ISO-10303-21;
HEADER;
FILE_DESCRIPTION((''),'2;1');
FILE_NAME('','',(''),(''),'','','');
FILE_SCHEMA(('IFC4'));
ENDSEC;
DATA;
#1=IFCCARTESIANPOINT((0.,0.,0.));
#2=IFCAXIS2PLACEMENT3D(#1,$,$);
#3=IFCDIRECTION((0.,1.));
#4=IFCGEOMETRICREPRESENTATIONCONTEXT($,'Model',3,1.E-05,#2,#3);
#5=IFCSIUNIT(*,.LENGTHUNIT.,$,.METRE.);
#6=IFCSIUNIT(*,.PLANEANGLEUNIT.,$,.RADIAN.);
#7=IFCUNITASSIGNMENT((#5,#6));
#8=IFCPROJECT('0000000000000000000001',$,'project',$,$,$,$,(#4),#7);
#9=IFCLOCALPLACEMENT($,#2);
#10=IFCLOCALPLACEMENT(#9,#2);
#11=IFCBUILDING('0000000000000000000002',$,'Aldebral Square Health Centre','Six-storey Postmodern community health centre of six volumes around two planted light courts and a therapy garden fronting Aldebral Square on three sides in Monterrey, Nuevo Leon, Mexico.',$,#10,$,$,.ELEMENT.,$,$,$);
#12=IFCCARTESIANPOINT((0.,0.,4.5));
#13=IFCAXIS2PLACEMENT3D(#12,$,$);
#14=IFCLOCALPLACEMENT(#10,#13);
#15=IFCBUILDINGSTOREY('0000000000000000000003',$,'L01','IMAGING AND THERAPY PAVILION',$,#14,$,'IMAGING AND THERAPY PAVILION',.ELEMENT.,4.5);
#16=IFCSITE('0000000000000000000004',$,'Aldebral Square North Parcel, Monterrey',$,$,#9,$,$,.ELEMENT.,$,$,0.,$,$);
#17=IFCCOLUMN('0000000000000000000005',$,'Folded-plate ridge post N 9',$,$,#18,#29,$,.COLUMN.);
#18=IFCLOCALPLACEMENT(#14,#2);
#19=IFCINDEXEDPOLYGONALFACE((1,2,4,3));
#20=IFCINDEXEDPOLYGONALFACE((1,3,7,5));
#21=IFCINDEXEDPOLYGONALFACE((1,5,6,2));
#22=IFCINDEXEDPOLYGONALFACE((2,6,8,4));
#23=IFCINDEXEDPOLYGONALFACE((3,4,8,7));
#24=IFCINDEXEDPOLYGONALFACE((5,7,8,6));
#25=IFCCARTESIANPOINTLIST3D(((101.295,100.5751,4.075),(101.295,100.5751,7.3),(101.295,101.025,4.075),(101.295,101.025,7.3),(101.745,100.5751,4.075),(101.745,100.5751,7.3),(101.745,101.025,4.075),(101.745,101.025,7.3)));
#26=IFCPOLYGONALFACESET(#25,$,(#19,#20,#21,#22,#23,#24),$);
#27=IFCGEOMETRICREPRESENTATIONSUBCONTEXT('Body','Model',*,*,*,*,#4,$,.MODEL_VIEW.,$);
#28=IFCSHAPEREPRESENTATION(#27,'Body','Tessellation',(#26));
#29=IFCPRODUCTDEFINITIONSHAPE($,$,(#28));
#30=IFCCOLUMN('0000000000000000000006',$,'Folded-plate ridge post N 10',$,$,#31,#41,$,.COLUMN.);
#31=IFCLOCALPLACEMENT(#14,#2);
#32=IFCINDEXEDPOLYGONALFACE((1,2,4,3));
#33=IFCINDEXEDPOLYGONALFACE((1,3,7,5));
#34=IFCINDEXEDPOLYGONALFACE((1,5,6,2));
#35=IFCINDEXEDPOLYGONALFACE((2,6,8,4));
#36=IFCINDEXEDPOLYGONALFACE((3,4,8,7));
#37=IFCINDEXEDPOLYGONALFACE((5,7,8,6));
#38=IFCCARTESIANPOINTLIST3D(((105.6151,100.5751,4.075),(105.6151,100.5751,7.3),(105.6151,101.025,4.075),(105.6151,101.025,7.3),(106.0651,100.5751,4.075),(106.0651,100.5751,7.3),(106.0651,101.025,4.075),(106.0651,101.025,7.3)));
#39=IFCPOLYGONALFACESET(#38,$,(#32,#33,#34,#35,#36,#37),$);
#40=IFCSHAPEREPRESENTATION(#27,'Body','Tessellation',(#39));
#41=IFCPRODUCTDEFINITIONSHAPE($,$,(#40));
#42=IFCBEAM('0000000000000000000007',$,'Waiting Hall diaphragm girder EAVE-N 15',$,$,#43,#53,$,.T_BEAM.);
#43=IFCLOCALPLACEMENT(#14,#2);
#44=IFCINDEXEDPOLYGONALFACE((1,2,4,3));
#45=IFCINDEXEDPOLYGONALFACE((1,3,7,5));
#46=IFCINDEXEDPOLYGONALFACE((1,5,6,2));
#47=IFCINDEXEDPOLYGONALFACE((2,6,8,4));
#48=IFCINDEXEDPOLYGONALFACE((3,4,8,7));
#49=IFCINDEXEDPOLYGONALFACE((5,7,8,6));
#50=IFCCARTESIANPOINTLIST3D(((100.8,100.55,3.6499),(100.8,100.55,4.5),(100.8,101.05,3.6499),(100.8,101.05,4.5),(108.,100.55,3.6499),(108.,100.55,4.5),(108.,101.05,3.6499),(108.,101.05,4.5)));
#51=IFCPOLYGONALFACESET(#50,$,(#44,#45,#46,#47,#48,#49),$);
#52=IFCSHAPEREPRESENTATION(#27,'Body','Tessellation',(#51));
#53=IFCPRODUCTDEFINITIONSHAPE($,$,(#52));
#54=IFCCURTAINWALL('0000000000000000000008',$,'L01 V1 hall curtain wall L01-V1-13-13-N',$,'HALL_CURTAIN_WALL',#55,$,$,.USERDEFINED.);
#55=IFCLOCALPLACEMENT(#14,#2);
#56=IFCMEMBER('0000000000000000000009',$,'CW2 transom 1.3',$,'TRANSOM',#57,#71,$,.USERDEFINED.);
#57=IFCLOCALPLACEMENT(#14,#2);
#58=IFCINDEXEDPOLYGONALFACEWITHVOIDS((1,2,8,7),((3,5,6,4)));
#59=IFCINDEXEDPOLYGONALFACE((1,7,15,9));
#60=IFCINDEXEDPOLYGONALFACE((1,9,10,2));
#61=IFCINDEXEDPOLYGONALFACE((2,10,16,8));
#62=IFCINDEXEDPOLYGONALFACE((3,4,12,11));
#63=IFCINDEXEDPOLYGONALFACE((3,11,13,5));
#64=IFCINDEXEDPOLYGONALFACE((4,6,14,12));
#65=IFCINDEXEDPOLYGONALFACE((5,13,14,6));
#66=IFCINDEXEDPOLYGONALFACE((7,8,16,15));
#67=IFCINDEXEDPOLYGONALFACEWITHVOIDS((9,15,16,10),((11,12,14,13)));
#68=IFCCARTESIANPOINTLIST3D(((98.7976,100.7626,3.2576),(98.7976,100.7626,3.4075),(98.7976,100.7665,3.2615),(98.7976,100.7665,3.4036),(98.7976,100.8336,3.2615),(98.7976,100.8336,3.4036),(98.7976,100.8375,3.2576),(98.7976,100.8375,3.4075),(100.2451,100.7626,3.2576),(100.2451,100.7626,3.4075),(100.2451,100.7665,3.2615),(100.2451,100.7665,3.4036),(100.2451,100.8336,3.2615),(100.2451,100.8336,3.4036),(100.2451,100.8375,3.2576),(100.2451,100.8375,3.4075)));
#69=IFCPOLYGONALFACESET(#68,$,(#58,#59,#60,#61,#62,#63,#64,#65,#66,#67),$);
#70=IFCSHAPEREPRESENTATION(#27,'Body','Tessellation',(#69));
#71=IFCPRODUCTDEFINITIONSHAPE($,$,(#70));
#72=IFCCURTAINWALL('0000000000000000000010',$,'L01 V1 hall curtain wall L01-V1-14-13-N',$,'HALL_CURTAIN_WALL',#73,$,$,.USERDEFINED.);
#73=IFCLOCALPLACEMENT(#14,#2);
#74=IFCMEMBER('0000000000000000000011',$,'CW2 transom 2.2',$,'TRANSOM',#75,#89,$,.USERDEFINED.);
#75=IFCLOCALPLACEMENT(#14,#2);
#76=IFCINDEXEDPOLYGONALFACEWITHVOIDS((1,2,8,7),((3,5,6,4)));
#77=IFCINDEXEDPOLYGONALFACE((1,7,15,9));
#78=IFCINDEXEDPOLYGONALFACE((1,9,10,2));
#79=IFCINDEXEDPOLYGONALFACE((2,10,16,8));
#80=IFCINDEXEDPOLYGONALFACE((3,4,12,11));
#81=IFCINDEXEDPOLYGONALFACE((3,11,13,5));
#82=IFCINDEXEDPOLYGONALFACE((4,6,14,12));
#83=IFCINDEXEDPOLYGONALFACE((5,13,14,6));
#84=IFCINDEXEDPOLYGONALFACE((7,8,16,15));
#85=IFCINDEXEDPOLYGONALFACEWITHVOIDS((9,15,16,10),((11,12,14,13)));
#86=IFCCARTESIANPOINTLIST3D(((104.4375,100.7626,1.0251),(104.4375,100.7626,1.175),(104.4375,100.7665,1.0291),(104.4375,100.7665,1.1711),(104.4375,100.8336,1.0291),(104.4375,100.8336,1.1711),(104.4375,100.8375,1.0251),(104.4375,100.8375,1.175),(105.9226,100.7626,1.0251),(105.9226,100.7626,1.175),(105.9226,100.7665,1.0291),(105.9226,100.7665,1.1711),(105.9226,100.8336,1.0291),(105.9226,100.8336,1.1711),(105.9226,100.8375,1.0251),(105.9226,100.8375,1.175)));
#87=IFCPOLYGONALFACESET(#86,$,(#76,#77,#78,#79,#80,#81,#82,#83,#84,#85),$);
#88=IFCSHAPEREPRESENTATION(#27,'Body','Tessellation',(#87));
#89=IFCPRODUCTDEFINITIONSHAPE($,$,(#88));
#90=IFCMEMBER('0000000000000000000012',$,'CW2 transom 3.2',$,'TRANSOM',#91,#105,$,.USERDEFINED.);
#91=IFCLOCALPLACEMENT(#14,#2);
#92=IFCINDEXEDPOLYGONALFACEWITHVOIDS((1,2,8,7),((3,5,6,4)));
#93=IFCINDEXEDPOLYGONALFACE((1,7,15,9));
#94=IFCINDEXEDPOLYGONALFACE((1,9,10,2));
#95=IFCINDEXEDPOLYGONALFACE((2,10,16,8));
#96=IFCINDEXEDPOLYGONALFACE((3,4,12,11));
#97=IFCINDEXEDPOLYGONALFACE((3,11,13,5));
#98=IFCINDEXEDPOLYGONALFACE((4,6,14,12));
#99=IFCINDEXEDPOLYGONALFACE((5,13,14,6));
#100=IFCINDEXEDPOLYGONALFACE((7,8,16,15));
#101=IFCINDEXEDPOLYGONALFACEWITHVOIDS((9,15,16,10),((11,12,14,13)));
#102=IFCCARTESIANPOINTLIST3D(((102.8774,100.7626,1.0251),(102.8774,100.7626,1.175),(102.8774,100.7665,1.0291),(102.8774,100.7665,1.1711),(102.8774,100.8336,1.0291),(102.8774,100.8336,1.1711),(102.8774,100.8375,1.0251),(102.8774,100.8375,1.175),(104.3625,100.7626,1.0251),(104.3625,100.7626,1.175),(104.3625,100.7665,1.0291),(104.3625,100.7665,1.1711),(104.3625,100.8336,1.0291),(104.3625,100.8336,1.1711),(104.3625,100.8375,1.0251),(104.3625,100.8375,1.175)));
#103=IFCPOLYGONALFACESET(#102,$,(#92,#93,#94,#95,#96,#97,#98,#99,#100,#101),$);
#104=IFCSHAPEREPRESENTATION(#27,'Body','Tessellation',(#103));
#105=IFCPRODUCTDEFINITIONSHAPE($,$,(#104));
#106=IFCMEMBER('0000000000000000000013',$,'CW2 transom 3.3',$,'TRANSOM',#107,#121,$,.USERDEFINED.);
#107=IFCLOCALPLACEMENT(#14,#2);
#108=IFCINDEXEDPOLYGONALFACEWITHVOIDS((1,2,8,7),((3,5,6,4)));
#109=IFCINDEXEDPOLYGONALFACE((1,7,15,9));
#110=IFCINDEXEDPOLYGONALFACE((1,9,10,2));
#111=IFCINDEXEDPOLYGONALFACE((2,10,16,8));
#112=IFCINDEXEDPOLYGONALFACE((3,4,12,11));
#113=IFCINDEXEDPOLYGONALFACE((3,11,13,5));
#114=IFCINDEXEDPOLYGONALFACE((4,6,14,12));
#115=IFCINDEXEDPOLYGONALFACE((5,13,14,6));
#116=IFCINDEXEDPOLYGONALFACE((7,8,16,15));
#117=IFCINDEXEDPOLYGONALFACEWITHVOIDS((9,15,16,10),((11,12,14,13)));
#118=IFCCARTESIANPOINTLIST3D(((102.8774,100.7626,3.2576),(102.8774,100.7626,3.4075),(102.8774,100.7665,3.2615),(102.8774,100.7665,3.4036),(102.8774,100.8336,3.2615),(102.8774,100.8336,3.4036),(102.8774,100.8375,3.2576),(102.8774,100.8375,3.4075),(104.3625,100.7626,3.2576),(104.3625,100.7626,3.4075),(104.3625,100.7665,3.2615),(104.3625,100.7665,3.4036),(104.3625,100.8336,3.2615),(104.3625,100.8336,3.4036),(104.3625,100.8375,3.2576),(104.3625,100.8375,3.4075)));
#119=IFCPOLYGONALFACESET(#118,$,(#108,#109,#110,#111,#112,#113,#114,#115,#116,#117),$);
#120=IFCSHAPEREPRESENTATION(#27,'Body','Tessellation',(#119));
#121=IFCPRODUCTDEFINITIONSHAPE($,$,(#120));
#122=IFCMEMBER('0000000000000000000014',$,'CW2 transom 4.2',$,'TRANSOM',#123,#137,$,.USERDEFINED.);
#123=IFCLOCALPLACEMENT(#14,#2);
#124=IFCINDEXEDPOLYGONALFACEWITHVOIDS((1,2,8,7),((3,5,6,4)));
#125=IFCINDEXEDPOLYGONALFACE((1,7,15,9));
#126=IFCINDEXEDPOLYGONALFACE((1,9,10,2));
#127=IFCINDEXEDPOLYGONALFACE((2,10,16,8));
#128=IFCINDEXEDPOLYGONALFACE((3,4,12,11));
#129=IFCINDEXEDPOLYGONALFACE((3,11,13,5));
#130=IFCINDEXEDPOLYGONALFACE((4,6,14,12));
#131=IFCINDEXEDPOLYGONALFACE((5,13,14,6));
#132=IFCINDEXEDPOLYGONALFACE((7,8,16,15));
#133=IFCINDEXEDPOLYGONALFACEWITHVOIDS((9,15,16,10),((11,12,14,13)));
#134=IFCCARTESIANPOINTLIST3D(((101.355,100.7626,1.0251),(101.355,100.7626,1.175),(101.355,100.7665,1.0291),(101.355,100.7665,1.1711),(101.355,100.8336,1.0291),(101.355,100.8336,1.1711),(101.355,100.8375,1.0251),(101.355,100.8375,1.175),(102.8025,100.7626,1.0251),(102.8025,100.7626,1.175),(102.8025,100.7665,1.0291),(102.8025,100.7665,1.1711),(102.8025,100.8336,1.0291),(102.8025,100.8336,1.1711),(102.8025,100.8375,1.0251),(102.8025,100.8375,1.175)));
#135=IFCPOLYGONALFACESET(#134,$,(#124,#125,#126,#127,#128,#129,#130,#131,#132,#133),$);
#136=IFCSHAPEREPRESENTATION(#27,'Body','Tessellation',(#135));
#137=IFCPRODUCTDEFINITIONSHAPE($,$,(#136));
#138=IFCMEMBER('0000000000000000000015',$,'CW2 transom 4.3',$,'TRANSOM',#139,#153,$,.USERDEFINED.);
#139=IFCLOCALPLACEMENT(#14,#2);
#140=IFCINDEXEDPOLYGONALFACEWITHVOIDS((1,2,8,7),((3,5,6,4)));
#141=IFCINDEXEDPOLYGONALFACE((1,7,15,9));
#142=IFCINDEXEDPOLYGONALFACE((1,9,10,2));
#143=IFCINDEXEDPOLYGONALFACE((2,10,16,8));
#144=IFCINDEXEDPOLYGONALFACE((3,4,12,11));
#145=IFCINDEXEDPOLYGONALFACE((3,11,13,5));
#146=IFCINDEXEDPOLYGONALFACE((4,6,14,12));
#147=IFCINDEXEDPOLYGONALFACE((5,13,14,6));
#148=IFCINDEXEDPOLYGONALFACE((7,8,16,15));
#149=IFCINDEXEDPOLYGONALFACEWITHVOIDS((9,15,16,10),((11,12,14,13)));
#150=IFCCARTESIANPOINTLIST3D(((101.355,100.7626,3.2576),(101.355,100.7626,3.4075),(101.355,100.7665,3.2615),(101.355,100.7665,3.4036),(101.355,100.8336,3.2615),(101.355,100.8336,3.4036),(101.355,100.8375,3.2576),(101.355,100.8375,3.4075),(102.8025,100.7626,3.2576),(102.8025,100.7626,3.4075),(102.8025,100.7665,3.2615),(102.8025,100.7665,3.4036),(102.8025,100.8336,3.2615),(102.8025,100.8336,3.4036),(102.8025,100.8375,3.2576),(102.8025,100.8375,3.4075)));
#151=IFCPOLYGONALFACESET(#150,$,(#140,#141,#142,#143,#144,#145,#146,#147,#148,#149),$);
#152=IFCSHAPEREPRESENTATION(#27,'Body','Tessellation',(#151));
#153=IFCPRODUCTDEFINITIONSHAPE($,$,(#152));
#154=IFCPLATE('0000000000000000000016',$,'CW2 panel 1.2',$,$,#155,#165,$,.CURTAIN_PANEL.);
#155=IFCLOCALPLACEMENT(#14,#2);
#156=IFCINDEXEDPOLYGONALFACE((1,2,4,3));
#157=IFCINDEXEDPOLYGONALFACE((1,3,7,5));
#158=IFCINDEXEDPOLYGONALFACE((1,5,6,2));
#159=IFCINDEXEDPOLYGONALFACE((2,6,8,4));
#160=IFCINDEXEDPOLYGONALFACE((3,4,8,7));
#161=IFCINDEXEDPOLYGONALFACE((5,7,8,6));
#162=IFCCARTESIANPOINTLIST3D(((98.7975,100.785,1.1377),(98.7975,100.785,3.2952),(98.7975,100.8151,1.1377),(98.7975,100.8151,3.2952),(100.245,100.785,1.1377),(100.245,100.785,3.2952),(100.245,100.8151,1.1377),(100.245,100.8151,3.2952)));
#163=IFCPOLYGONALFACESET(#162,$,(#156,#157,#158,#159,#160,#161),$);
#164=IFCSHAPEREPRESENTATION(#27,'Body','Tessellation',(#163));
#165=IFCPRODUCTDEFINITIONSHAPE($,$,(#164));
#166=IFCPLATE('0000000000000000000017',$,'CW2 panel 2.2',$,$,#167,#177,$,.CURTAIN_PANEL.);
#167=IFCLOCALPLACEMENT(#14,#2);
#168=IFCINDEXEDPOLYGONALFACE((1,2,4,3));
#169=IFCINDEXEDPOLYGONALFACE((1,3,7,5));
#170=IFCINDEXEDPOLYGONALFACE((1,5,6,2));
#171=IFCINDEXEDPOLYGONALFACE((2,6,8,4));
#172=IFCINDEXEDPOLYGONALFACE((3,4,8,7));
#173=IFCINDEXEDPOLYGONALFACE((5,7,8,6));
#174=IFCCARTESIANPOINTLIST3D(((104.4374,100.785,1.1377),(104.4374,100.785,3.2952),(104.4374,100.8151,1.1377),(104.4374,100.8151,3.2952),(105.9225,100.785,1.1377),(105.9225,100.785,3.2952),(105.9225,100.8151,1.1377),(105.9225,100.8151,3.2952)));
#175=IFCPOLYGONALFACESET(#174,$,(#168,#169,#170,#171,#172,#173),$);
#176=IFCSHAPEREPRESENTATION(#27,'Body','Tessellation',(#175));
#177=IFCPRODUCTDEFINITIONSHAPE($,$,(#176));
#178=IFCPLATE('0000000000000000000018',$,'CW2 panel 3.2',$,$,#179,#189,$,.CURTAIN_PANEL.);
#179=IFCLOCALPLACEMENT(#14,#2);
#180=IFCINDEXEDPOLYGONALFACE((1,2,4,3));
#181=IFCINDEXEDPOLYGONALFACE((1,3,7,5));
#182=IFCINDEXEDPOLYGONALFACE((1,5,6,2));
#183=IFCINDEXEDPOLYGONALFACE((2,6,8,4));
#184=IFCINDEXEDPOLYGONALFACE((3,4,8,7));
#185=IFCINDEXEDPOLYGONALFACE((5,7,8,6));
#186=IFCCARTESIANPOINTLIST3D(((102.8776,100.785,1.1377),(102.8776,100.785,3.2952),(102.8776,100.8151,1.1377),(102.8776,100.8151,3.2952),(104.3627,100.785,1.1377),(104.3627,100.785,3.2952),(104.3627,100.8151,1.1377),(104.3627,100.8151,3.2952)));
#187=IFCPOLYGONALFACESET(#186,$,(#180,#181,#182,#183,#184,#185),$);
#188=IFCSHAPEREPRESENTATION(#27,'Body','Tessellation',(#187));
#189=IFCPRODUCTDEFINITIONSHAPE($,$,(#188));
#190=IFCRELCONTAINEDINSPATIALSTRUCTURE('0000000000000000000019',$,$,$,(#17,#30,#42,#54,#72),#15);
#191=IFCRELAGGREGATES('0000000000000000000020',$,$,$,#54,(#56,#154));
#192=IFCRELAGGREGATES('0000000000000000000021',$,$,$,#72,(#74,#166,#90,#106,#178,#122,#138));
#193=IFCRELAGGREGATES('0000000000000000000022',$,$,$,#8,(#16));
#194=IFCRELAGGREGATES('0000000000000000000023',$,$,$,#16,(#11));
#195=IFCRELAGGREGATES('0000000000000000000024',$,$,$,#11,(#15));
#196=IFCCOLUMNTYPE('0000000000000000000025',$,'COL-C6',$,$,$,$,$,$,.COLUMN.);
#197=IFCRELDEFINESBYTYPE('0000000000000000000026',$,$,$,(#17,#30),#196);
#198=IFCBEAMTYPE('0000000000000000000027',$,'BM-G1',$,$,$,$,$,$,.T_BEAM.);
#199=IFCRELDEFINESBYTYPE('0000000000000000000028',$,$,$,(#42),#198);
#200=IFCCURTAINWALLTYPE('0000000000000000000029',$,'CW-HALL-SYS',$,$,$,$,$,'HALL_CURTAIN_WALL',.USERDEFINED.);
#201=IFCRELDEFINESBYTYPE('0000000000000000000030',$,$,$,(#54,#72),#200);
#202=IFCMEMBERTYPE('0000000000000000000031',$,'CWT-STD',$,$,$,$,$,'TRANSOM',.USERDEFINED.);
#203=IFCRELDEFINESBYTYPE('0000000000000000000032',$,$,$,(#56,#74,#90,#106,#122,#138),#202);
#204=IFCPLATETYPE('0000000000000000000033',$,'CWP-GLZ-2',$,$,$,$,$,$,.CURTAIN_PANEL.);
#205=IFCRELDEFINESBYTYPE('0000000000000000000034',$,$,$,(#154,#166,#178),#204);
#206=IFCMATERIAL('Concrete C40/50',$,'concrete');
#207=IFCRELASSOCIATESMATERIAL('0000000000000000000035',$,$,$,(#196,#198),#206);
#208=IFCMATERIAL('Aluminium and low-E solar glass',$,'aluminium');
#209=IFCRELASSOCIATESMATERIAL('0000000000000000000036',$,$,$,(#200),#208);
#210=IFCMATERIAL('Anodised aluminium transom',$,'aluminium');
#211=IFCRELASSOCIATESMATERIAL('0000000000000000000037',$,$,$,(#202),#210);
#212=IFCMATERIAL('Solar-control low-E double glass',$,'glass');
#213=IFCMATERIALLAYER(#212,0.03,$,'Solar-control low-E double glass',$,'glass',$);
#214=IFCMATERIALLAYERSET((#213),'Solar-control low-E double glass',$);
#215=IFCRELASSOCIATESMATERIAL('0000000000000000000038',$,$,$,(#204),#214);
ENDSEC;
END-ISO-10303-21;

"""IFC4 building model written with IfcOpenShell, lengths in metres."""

from ifc_helpers import new_model, si_unit, direction, frame, origin, origin_2d, place, context, subcontext, project, spatial, rectangle, hollow_rectangle, extrude, material, layer, layer_set, material_profile, profile_set, type_object, element, aggregate, save


model = new_model("IFC4")

# Units and contexts
model_context = context("Model", 3, precision=1e-05, world=origin(), true_north=direction((0.0, 1.0)))
body_context = subcontext(model_context, "Body", "Model", "MODEL_VIEW")
ifc_project = project(units=[si_unit("LENGTHUNIT", "METRE"), si_unit("PLANEANGLEUNIT", "RADIAN")], contexts=[model_context])

# Site, building, storey
site_placement = place(None, origin())
site = spatial("IfcSite", under=ifc_project, at=site_placement, Name="Aldebral Square North Parcel, Monterrey", CompositionType="ELEMENT", RefElevation=0.0)
building_placement = place(site_placement, origin())
building = spatial("IfcBuilding", under=site, at=building_placement, Name="Aldebral Square Health Centre", Description="Six-storey Postmodern community health centre of six volumes around two planted light courts and a therapy garden fronting Aldebral Square on three sides in Monterrey, Nuevo Leon, Mexico.", CompositionType="ELEMENT")
storey_placement = place(building_placement, frame((0.0, 0.0, 4.5)))
storey = spatial("IfcBuildingStorey", under=building, at=storey_placement, Name="L01", Description="IMAGING AND THERAPY PAVILION", LongName="IMAGING AND THERAPY PAVILION", CompositionType="ELEMENT", Elevation=4.5)

# Columns
ifc_material_1 = material(Name="Concrete C40/50", Category="concrete")
ifc_material_profile_1 = material_profile(ifc_material_1, rectangle(XDim=0.45, YDim=0.45, at=origin_2d()), Name="RC 450x450")
ifc_profile_set_1 = profile_set([ifc_material_profile_1], Name="Concrete C40/50")
column_type = type_object("IfcColumnType", Name="COL-C6", PredefinedType="COLUMN", material=ifc_profile_set_1)
for number, where, z_axis, x_axis, name in (
    (1, (101.52, 100.8, 4.075), (0.0, 0.0, 1.0), (1.0, 0.0, 0.0), "Folded-plate ridge post N 9"),
    (2, (105.8401, 100.8, 4.075), (0.0, 0.0, 1.0), (1.0, 0.0, 0.0), "Folded-plate ridge post N 10"),
):
    element("IfcColumn", number, at=place(storey_placement, frame(where, z_axis=z_axis, x_axis=x_axis)), inside=storey, type_object=column_type, Name=name, PredefinedType="COLUMN", context=body_context, shape_type="SweptSolid", body=[
        extrude(rectangle(XDim=0.45, YDim=0.45, at=origin_2d()), origin(), (0.0, 0.0, 1.0), 3.2251),
    ])

# Beam
ifc_material_profile_2 = material_profile(ifc_material_1, rectangle(XDim=0.5, YDim=0.8501, at=origin_2d()), Name="RC 500x850")
ifc_profile_set_2 = profile_set([ifc_material_profile_2], Name="Concrete C40/50")
beam_type = type_object("IfcBeamType", Name="BM-G1", PredefinedType="T_BEAM", material=ifc_profile_set_2)
beam_placement = place(storey_placement, frame((100.8, 100.8, 4.075), z_axis=(1.0, 0.0, 0.0), x_axis=(0.0, 1.0, 0.0)))
element("IfcBeam", 3, at=beam_placement, inside=storey, type_object=beam_type, Name="Waiting Hall diaphragm girder EAVE-N 15", PredefinedType="T_BEAM", context=body_context, shape_type="SweptSolid", body=[
    extrude(rectangle(XDim=0.5, YDim=0.8501, at=origin_2d()), origin(), (0.0, 0.0, 1.0), 7.2),
])

# Curtain wall, member
ifc_material_2 = material(Name="Aluminium and low-E solar glass", Category="aluminium")
curtain_wall_type = type_object("IfcCurtainWallType", Name="CW-HALL-SYS", ElementType="HALL_CURTAIN_WALL", PredefinedType="USERDEFINED", material=ifc_material_2)
curtain_wall_1_placement = place(storey_placement, origin())
curtain_wall_1 = element("IfcCurtainWall", 4, at=curtain_wall_1_placement, inside=storey, type_object=curtain_wall_type, Name="L01 V1 hall curtain wall L01-V1-13-13-N", ObjectType="HALL_CURTAIN_WALL", PredefinedType="USERDEFINED")
ifc_material_3 = material(Name="Anodised aluminium transom", Category="aluminium")
ifc_material_profile_3 = material_profile(ifc_material_3, hollow_rectangle(XDim=0.075, YDim=0.1499, WallThickness=0.0039, at=origin_2d()), Name="CWT 75x150x4")
ifc_profile_set_3 = profile_set([ifc_material_profile_3], Name="Anodised aluminium transom")
member_type = type_object("IfcMemberType", Name="CWT-STD", ElementType="TRANSOM", PredefinedType="USERDEFINED", material=ifc_profile_set_3)
member_1_placement = place(storey_placement, frame((100.2451, 100.8, 3.3325), z_axis=(-1.0, 0.0, 0.0), x_axis=(0.0, -1.0, 0.0)))
member_1 = element("IfcMember", 5, at=member_1_placement, type_object=member_type, Name="CW2 transom 1.3", ObjectType="TRANSOM", PredefinedType="USERDEFINED", context=body_context, shape_type="SweptSolid", body=[
    extrude(hollow_rectangle(XDim=0.075, YDim=0.1499, WallThickness=0.0039, at=origin_2d()), origin(), (0.0, 0.0, 1.0), 1.4475),
])

# Curtain wall, members
curtain_wall_2_placement = place(storey_placement, origin())
curtain_wall_2 = element("IfcCurtainWall", 6, at=curtain_wall_2_placement, inside=storey, type_object=curtain_wall_type, Name="L01 V1 hall curtain wall L01-V1-14-13-N", ObjectType="HALL_CURTAIN_WALL", PredefinedType="USERDEFINED")
member_2_placement = place(storey_placement, frame((105.9226, 100.8, 1.1001), z_axis=(-1.0, 0.0, 0.0), x_axis=(0.0, -1.0, 0.0)))
member_2 = element("IfcMember", 7, at=member_2_placement, type_object=member_type, Name="CW2 transom 2.2", ObjectType="TRANSOM", PredefinedType="USERDEFINED", context=body_context, shape_type="SweptSolid", body=[
    extrude(hollow_rectangle(XDim=0.075, YDim=0.1499, WallThickness=0.0039, at=origin_2d()), origin(), (0.0, 0.0, 1.0), 1.4851),
])
member_3_placement = place(storey_placement, frame((104.3625, 100.8, 1.1001), z_axis=(-1.0, 0.0, 0.0), x_axis=(0.0, -1.0, 0.0)))
member_3 = element("IfcMember", 8, at=member_3_placement, type_object=member_type, Name="CW2 transom 3.2", ObjectType="TRANSOM", PredefinedType="USERDEFINED", context=body_context, shape_type="SweptSolid", body=[
    extrude(hollow_rectangle(XDim=0.075, YDim=0.1499, WallThickness=0.0039, at=origin_2d()), origin(), (0.0, 0.0, 1.0), 1.4851),
])
member_4_placement = place(storey_placement, frame((104.3625, 100.8, 3.3325), z_axis=(-1.0, 0.0, 0.0), x_axis=(0.0, -1.0, 0.0)))
member_4 = element("IfcMember", 9, at=member_4_placement, type_object=member_type, Name="CW2 transom 3.3", ObjectType="TRANSOM", PredefinedType="USERDEFINED", context=body_context, shape_type="SweptSolid", body=[
    extrude(hollow_rectangle(XDim=0.075, YDim=0.1499, WallThickness=0.0039, at=origin_2d()), origin(), (0.0, 0.0, 1.0), 1.4851),
])
member_5_placement = place(storey_placement, frame((102.8025, 100.8, 1.1001), z_axis=(-1.0, 0.0, 0.0), x_axis=(0.0, -1.0, 0.0)))
member_5 = element("IfcMember", 10, at=member_5_placement, type_object=member_type, Name="CW2 transom 4.2", ObjectType="TRANSOM", PredefinedType="USERDEFINED", context=body_context, shape_type="SweptSolid", body=[
    extrude(hollow_rectangle(XDim=0.075, YDim=0.1499, WallThickness=0.0039, at=origin_2d()), origin(), (0.0, 0.0, 1.0), 1.4475),
])
member_6_placement = place(storey_placement, frame((102.8025, 100.8, 3.3325), z_axis=(-1.0, 0.0, 0.0), x_axis=(0.0, -1.0, 0.0)))
member_6 = element("IfcMember", 11, at=member_6_placement, type_object=member_type, Name="CW2 transom 4.3", ObjectType="TRANSOM", PredefinedType="USERDEFINED", context=body_context, shape_type="SweptSolid", body=[
    extrude(hollow_rectangle(XDim=0.075, YDim=0.1499, WallThickness=0.0039, at=origin_2d()), origin(), (0.0, 0.0, 1.0), 1.4475),
])

# Plates
ifc_material_4 = material(Name="Solar-control low-E double glass", Category="glass")
ifc_layer_1 = layer(ifc_material_4, 0.03, Name="Solar-control low-E double glass", Category="glass")
ifc_layer_set_1 = layer_set([ifc_layer_1], Name="Solar-control low-E double glass")
plate_type = type_object("IfcPlateType", Name="CWP-GLZ-2", PredefinedType="CURTAIN_PANEL", material=ifc_layer_set_1)
plate_1_placement = place(storey_placement, frame((99.5212, 100.8, 1.1377), z_axis=(0.0, 0.0, 1.0), x_axis=(-1.0, 0.0, 0.0)))
plate_1 = element("IfcPlate", 12, at=plate_1_placement, type_object=plate_type, Name="CW2 panel 1.2", PredefinedType="CURTAIN_PANEL", context=body_context, shape_type="SweptSolid", body=[
    extrude(rectangle(XDim=1.4475, YDim=0.03, at=origin_2d()), origin(), (0.0, 0.0, 1.0), 2.1575),
])
aggregate(curtain_wall_1, [member_1, plate_1])
plate_2_placement = place(storey_placement, frame((105.1799, 100.8, 1.1377), z_axis=(0.0, 0.0, 1.0), x_axis=(-1.0, 0.0, 0.0)))
plate_2 = element("IfcPlate", 13, at=plate_2_placement, type_object=plate_type, Name="CW2 panel 2.2", PredefinedType="CURTAIN_PANEL", context=body_context, shape_type="SweptSolid", body=[
    extrude(rectangle(XDim=1.4851, YDim=0.03, at=origin_2d()), origin(), (0.0, 0.0, 1.0), 2.1575),
])
plate_3_placement = place(storey_placement, frame((103.6201, 100.8, 1.1377), z_axis=(0.0, 0.0, 1.0), x_axis=(-1.0, 0.0, 0.0)))
plate_3 = element("IfcPlate", 14, at=plate_3_placement, type_object=plate_type, Name="CW2 panel 3.2", PredefinedType="CURTAIN_PANEL", context=body_context, shape_type="SweptSolid", body=[
    extrude(rectangle(XDim=1.4851, YDim=0.03, at=origin_2d()), origin(), (0.0, 0.0, 1.0), 2.1575),
])
aggregate(curtain_wall_2, [member_2, plate_2, member_3, member_4, plate_3, member_5, member_6])

save(model, "model.ifc")
